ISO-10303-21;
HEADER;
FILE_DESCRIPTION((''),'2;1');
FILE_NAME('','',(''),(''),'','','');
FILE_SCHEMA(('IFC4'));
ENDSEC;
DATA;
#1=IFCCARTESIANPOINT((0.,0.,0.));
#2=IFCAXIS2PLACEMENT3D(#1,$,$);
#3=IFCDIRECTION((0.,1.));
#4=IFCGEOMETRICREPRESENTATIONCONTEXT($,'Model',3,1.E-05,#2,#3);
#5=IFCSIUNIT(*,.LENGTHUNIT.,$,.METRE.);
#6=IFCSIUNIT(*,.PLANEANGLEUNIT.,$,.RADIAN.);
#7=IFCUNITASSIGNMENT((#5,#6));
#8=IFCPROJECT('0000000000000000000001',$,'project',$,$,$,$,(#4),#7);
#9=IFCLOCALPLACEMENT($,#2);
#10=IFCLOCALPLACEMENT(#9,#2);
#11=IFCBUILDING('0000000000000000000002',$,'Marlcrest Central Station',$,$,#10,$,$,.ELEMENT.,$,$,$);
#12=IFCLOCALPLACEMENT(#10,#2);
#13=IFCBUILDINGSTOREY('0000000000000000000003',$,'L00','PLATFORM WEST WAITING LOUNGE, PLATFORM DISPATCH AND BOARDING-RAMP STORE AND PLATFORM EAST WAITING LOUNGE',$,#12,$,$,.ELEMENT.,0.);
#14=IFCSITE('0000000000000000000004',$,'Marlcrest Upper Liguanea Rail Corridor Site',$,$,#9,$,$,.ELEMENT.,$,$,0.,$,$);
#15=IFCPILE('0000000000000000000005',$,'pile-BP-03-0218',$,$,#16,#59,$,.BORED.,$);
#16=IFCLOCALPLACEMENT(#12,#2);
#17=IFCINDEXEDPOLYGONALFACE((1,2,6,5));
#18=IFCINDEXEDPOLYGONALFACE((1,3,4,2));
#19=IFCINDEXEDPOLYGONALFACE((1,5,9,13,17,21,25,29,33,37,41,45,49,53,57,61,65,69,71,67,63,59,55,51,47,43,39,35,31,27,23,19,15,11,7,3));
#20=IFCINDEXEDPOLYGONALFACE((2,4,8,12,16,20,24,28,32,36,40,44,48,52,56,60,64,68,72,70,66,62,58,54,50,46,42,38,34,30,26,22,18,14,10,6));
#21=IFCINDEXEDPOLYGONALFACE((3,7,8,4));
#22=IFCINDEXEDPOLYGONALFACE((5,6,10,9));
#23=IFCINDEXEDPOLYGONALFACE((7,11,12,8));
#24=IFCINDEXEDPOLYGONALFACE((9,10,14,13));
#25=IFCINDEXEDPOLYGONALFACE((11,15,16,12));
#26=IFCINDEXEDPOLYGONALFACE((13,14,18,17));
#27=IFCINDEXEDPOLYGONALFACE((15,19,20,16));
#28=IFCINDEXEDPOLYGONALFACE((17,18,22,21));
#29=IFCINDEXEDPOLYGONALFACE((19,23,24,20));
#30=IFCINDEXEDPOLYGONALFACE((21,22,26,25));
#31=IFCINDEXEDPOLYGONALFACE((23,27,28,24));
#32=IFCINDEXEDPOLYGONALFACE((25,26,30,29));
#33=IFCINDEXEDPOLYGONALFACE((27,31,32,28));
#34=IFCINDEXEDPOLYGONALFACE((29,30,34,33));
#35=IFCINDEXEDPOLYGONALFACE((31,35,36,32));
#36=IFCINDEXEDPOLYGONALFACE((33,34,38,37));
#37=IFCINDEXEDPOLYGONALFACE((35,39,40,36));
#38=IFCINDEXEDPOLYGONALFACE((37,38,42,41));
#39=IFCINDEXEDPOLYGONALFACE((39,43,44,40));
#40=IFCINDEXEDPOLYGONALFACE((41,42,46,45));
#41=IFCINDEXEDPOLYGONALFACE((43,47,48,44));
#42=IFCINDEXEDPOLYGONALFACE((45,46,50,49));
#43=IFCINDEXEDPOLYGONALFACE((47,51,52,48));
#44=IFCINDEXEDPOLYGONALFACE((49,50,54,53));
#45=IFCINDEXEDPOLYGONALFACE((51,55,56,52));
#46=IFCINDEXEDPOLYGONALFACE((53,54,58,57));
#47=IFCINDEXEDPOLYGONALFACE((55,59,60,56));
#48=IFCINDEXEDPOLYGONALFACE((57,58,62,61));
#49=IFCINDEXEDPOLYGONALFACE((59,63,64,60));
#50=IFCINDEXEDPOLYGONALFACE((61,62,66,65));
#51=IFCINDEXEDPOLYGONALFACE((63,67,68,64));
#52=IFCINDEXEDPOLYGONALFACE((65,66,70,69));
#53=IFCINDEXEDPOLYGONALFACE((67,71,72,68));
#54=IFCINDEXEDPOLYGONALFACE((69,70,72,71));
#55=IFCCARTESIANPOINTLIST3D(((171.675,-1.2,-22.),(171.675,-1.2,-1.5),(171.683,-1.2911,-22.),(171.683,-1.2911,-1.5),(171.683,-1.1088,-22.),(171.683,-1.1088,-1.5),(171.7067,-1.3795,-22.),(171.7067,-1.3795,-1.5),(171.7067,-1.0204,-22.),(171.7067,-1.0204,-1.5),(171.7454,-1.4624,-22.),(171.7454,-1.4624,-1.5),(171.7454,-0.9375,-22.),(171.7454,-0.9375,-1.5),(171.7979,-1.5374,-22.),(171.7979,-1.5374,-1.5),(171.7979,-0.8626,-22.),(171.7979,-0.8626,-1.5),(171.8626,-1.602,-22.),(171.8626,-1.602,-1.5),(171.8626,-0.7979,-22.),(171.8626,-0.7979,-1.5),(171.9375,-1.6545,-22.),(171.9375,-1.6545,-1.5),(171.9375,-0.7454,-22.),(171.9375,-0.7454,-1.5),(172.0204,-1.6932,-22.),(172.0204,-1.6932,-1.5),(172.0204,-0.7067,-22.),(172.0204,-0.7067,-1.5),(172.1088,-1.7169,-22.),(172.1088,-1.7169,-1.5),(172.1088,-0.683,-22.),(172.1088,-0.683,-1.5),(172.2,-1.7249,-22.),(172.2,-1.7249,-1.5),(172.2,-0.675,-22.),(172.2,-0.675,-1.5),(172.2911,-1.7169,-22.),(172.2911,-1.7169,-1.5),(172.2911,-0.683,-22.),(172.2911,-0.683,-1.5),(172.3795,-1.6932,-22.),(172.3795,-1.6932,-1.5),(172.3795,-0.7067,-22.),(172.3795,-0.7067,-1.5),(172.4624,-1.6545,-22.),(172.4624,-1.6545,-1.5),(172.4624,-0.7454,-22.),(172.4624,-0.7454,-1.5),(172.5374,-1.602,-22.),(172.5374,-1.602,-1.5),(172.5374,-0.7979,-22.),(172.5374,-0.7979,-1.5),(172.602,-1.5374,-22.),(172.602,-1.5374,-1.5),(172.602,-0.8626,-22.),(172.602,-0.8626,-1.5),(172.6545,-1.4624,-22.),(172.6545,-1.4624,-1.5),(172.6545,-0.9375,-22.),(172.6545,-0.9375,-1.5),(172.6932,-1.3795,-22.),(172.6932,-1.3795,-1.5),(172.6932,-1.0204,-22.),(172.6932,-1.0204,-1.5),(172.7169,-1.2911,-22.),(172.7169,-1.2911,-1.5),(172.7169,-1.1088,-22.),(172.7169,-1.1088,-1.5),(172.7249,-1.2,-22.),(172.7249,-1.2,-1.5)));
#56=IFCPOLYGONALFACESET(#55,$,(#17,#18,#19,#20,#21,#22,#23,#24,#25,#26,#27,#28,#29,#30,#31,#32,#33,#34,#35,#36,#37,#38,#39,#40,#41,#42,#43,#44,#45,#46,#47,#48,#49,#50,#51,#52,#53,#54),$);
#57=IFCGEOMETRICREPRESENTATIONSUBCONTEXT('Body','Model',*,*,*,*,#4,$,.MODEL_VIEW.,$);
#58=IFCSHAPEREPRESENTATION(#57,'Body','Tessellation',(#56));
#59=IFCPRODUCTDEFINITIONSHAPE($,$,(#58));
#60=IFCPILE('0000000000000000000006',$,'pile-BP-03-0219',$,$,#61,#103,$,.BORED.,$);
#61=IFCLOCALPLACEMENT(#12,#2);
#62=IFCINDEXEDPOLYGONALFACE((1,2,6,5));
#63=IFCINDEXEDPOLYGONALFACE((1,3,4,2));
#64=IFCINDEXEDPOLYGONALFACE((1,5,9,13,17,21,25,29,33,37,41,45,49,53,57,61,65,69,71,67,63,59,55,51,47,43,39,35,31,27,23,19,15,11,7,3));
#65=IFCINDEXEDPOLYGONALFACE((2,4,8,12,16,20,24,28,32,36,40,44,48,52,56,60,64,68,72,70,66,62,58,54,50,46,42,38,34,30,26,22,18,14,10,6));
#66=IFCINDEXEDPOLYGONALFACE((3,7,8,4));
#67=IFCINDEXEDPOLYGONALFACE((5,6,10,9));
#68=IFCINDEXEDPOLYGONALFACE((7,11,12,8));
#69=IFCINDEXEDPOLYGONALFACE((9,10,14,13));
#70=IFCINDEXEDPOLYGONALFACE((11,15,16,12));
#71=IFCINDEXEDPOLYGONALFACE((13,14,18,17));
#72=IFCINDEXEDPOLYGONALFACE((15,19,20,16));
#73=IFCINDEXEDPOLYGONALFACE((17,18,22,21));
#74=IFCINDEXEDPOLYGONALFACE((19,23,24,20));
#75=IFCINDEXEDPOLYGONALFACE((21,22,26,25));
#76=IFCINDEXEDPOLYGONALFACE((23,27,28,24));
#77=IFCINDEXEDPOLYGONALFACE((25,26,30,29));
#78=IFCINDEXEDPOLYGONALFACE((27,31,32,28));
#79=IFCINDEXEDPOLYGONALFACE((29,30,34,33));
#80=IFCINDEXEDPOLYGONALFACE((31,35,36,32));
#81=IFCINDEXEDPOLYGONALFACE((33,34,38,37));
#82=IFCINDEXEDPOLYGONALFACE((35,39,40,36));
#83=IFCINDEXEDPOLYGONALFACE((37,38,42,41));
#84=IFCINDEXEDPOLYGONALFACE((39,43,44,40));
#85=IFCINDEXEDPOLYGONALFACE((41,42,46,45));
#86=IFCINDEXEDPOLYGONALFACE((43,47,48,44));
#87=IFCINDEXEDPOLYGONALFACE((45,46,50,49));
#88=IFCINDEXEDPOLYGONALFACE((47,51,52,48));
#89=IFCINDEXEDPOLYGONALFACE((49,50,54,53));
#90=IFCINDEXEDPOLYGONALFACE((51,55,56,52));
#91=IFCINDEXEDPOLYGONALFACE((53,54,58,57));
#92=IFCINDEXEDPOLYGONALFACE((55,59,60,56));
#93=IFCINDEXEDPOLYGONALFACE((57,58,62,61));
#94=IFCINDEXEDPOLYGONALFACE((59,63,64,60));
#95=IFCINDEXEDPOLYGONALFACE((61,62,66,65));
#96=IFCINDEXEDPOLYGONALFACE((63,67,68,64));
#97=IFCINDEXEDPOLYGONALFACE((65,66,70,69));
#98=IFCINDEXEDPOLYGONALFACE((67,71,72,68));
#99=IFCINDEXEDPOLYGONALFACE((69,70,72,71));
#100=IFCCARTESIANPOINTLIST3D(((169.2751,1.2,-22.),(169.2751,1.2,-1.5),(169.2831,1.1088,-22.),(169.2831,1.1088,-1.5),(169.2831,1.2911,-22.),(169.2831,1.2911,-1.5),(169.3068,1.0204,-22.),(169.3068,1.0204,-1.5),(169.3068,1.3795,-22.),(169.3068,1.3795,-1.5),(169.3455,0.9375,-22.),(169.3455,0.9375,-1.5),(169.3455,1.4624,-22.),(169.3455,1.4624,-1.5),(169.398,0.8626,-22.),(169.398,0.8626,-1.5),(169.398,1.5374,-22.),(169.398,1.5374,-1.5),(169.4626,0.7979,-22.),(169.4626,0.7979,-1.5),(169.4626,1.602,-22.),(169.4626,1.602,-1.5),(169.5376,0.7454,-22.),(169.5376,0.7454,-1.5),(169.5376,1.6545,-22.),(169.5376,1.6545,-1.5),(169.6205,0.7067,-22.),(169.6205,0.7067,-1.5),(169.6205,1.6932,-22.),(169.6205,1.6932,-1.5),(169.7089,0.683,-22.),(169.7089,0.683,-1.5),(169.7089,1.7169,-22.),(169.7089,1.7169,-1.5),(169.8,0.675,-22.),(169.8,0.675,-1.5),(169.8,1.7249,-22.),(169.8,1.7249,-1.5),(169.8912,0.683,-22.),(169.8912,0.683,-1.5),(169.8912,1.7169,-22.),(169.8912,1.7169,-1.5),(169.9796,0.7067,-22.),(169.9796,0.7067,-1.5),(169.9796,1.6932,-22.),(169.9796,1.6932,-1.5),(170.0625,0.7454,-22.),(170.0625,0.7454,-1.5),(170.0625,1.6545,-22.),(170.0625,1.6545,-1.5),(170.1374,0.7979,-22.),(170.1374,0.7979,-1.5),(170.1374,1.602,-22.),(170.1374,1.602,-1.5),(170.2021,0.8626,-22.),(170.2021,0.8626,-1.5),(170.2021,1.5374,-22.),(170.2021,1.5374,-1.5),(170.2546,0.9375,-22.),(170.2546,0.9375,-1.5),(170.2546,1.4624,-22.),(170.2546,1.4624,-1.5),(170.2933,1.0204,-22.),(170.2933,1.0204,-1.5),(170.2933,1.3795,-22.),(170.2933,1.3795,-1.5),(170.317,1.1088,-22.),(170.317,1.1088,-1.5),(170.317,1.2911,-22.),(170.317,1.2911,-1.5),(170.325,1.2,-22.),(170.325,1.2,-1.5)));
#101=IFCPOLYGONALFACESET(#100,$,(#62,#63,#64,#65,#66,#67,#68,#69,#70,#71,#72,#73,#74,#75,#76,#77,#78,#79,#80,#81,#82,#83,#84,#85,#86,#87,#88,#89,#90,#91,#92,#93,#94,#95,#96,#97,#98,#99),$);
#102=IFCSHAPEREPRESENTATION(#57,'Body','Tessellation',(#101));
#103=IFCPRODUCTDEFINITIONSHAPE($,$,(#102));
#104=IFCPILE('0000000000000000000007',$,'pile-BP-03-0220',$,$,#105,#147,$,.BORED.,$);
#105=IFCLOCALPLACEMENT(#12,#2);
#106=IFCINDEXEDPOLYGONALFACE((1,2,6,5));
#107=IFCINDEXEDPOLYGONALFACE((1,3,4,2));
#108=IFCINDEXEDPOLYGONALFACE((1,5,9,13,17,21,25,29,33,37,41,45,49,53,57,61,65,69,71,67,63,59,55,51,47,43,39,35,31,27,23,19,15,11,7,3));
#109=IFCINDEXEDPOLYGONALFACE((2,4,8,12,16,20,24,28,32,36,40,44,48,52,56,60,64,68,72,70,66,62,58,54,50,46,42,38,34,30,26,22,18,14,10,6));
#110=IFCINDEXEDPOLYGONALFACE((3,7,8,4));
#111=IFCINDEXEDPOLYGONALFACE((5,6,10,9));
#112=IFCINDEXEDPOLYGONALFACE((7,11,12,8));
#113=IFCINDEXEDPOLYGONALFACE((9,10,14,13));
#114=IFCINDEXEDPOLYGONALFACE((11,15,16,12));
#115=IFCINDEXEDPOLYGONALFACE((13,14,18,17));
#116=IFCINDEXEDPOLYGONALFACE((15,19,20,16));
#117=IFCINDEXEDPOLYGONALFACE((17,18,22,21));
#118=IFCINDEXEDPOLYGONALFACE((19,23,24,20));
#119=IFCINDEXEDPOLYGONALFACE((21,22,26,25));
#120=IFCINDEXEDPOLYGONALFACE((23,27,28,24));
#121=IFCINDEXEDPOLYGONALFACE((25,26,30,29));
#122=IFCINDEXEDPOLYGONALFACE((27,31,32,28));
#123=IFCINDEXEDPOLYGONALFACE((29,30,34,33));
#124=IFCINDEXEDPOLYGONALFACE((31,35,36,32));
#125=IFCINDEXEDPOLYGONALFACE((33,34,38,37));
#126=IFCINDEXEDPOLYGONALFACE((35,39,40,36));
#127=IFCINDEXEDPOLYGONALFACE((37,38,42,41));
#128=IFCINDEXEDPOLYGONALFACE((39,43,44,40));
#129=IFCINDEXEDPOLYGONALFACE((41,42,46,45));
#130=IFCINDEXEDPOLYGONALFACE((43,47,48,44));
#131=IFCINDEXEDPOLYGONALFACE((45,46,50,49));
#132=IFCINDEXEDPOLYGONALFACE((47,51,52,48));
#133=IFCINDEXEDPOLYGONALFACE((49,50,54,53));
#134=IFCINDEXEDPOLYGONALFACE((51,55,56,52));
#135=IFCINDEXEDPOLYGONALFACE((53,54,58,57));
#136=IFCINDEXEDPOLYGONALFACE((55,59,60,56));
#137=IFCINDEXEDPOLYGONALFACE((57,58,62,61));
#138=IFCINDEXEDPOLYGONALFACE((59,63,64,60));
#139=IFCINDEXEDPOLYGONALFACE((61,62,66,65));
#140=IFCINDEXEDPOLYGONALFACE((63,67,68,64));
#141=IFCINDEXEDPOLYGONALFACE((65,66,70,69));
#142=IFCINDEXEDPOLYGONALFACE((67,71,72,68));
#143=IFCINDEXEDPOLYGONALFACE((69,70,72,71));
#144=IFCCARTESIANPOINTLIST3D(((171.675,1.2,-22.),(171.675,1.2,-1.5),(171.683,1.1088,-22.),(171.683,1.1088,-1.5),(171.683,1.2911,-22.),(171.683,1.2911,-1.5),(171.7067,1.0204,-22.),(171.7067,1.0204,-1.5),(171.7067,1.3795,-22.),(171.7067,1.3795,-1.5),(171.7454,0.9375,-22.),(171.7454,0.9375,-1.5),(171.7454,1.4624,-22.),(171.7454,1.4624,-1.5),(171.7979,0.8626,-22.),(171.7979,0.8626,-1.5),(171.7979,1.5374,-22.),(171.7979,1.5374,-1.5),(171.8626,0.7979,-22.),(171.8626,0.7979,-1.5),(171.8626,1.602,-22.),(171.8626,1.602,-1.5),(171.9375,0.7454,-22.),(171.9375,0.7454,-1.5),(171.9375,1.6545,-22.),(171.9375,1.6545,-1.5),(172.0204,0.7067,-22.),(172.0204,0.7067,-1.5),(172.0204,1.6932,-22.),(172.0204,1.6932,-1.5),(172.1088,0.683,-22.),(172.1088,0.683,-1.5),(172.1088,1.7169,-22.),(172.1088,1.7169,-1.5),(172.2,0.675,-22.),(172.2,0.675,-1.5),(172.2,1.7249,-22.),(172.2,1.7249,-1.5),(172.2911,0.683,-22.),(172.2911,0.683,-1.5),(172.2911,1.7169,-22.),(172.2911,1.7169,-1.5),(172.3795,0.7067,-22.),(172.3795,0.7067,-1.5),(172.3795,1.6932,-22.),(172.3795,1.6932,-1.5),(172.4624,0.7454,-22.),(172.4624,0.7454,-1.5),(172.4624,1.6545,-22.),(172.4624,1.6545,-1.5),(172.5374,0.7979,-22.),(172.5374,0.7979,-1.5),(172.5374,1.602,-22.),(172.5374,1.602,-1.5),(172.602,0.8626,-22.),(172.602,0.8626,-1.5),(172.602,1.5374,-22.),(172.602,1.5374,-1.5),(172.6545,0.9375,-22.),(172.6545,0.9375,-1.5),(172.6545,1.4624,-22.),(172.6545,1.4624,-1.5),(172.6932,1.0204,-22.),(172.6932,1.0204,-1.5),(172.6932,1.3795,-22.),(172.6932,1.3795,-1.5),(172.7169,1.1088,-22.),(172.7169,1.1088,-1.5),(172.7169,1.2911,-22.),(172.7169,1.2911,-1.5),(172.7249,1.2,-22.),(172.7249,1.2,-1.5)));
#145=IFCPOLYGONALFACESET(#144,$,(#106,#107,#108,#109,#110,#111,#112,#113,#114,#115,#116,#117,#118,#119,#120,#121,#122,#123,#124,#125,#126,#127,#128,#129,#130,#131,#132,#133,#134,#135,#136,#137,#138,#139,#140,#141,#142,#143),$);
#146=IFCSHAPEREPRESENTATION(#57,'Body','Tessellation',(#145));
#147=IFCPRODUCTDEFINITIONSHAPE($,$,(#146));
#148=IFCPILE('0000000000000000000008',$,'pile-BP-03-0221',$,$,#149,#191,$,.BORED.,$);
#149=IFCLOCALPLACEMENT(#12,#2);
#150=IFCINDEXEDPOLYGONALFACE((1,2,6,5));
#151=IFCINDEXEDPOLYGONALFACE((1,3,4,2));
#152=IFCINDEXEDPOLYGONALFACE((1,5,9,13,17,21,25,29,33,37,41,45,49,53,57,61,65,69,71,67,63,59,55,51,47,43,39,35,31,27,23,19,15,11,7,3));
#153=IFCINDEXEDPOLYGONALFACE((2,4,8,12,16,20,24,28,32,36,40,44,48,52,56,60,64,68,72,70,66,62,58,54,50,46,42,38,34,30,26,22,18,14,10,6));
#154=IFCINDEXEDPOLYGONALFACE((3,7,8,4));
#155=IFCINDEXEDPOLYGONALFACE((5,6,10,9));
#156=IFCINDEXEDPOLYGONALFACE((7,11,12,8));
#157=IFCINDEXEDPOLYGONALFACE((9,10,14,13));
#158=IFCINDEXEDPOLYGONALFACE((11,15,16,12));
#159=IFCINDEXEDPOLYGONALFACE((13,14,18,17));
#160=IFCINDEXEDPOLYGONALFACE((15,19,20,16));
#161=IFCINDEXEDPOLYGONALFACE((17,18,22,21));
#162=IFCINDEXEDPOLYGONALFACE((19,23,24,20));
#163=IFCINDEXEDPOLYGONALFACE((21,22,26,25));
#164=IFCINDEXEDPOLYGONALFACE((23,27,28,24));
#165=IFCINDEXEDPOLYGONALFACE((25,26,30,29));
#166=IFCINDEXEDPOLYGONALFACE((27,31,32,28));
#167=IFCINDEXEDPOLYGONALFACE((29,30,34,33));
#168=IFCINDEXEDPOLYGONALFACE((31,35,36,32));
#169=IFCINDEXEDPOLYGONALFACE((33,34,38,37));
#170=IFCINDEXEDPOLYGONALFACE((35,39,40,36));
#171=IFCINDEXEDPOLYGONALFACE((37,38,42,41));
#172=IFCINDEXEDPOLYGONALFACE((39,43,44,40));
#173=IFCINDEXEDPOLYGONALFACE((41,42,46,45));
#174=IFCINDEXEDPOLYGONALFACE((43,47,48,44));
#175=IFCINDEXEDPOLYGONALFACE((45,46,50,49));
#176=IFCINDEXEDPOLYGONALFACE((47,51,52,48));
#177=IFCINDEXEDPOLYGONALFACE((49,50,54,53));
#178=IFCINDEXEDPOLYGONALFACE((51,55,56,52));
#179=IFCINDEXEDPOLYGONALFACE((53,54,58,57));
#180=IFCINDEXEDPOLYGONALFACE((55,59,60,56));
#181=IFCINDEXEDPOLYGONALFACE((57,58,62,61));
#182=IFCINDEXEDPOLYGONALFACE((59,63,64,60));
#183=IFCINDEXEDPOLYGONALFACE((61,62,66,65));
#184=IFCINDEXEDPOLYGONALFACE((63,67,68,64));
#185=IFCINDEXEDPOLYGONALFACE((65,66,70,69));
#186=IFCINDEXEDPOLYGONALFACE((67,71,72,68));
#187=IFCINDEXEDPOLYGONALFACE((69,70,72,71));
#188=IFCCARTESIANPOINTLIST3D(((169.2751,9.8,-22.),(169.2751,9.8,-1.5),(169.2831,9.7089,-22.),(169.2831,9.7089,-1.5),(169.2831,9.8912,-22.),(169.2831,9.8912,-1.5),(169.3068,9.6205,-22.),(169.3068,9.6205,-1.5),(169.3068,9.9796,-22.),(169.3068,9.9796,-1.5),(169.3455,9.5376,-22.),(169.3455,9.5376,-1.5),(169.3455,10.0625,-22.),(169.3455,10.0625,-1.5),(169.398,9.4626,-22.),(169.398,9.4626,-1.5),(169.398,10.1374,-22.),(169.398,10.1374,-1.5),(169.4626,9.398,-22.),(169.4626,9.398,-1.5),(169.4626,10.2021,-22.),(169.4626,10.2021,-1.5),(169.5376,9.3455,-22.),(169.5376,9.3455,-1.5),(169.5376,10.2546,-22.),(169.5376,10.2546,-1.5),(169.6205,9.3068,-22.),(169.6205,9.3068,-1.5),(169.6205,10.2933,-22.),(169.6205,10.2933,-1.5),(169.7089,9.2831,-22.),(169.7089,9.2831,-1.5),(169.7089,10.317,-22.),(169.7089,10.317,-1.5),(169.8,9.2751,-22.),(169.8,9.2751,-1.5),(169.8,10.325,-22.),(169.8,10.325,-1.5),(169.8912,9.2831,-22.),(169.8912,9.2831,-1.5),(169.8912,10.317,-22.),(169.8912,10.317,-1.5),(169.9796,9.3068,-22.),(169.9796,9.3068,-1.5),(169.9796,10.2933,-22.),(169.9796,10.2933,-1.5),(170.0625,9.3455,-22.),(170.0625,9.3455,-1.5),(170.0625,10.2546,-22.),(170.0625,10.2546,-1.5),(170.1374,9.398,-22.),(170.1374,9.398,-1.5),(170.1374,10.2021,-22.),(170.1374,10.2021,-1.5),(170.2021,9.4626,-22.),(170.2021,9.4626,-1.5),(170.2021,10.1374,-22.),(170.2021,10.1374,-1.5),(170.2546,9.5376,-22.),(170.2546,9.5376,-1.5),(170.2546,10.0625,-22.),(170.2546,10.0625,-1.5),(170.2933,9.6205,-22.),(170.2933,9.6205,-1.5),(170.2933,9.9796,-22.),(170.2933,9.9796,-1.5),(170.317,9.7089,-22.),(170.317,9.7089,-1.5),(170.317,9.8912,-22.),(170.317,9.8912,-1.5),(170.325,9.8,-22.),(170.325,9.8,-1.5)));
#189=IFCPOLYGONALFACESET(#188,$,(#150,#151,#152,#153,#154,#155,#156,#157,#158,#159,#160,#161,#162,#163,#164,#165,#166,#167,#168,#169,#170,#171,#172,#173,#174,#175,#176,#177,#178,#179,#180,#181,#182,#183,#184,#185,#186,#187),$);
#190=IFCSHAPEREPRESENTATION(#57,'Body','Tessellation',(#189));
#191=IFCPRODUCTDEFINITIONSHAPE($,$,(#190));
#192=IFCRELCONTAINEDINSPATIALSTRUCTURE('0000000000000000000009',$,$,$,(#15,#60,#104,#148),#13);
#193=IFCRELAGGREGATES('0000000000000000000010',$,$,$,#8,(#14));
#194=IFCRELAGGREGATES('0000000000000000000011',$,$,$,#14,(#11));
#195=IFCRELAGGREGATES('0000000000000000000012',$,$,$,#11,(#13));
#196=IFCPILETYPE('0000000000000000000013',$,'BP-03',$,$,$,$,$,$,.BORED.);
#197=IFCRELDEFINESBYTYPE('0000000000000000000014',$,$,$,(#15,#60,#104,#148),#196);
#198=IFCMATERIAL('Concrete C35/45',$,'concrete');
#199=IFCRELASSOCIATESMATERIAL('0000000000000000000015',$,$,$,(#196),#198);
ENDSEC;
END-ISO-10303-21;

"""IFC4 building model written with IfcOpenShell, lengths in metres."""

from ifc_helpers import new_model, si_unit, direction, frame, origin, origin_2d, place, context, subcontext, project, spatial, circle, extrude, material, material_profile, profile_set, type_object, element, save


model = new_model("IFC4")

# Units and contexts
model_context = context("Model", 3, precision=1e-05, world=origin(), true_north=direction((0.0, 1.0)))
body_context = subcontext(model_context, "Body", "Model", "MODEL_VIEW")
ifc_project = project(units=[si_unit("LENGTHUNIT", "METRE"), si_unit("PLANEANGLEUNIT", "RADIAN")], contexts=[model_context])

# Site, building, storey
site_placement = place(None, origin())
site = spatial("IfcSite", under=ifc_project, at=site_placement, Name="Marlcrest Upper Liguanea Rail Corridor Site", CompositionType="ELEMENT", RefElevation=0.0)
building_placement = place(site_placement, origin())
building = spatial("IfcBuilding", under=site, at=building_placement, Name="Marlcrest Central Station", CompositionType="ELEMENT")
storey_placement = place(building_placement, origin())
storey = spatial("IfcBuildingStorey", under=building, at=storey_placement, Name="L00", Description="PLATFORM WEST WAITING LOUNGE, PLATFORM DISPATCH AND BOARDING-RAMP STORE AND PLATFORM EAST WAITING LOUNGE", CompositionType="ELEMENT", Elevation=0.0)

# Piles
ifc_material_1 = material(Name="Concrete C35/45", Category="concrete")
ifc_material_profile_1 = material_profile(ifc_material_1, circle(Radius=0.5249, at=origin_2d()), Name="PILE D1050")
ifc_profile_set_1 = profile_set([ifc_material_profile_1], Name="Concrete C35/45")
pile_type = type_object("IfcPileType", Name="BP-03", PredefinedType="BORED", material=ifc_profile_set_1)
for number, where, z_axis, x_axis, name in (
    (1, (172.2, -1.2, -1.5), (0.0, 0.0, -1.0), (1.0, 0.0, 0.0), "pile-BP-03-0218"),
    (2, (169.8, 1.2, -1.5), (0.0, 0.0, -1.0), (1.0, 0.0, 0.0), "pile-BP-03-0219"),
    (3, (172.2, 1.2, -1.5), (0.0, 0.0, -1.0), (1.0, 0.0, 0.0), "pile-BP-03-0220"),
    (4, (169.8, 9.8, -1.5), (0.0, 0.0, -1.0), (1.0, 0.0, 0.0), "pile-BP-03-0221"),
):
    element("IfcPile", number, at=place(storey_placement, frame(where, z_axis=z_axis, x_axis=x_axis)), inside=storey, type_object=pile_type, Name=name, PredefinedType="BORED", context=body_context, shape_type="SweptSolid", body=[
        extrude(circle(Radius=0.5249, at=origin_2d()), origin(), (0.0, 0.0, 1.0), 20.5),
    ])

save(model, "model.ifc")
